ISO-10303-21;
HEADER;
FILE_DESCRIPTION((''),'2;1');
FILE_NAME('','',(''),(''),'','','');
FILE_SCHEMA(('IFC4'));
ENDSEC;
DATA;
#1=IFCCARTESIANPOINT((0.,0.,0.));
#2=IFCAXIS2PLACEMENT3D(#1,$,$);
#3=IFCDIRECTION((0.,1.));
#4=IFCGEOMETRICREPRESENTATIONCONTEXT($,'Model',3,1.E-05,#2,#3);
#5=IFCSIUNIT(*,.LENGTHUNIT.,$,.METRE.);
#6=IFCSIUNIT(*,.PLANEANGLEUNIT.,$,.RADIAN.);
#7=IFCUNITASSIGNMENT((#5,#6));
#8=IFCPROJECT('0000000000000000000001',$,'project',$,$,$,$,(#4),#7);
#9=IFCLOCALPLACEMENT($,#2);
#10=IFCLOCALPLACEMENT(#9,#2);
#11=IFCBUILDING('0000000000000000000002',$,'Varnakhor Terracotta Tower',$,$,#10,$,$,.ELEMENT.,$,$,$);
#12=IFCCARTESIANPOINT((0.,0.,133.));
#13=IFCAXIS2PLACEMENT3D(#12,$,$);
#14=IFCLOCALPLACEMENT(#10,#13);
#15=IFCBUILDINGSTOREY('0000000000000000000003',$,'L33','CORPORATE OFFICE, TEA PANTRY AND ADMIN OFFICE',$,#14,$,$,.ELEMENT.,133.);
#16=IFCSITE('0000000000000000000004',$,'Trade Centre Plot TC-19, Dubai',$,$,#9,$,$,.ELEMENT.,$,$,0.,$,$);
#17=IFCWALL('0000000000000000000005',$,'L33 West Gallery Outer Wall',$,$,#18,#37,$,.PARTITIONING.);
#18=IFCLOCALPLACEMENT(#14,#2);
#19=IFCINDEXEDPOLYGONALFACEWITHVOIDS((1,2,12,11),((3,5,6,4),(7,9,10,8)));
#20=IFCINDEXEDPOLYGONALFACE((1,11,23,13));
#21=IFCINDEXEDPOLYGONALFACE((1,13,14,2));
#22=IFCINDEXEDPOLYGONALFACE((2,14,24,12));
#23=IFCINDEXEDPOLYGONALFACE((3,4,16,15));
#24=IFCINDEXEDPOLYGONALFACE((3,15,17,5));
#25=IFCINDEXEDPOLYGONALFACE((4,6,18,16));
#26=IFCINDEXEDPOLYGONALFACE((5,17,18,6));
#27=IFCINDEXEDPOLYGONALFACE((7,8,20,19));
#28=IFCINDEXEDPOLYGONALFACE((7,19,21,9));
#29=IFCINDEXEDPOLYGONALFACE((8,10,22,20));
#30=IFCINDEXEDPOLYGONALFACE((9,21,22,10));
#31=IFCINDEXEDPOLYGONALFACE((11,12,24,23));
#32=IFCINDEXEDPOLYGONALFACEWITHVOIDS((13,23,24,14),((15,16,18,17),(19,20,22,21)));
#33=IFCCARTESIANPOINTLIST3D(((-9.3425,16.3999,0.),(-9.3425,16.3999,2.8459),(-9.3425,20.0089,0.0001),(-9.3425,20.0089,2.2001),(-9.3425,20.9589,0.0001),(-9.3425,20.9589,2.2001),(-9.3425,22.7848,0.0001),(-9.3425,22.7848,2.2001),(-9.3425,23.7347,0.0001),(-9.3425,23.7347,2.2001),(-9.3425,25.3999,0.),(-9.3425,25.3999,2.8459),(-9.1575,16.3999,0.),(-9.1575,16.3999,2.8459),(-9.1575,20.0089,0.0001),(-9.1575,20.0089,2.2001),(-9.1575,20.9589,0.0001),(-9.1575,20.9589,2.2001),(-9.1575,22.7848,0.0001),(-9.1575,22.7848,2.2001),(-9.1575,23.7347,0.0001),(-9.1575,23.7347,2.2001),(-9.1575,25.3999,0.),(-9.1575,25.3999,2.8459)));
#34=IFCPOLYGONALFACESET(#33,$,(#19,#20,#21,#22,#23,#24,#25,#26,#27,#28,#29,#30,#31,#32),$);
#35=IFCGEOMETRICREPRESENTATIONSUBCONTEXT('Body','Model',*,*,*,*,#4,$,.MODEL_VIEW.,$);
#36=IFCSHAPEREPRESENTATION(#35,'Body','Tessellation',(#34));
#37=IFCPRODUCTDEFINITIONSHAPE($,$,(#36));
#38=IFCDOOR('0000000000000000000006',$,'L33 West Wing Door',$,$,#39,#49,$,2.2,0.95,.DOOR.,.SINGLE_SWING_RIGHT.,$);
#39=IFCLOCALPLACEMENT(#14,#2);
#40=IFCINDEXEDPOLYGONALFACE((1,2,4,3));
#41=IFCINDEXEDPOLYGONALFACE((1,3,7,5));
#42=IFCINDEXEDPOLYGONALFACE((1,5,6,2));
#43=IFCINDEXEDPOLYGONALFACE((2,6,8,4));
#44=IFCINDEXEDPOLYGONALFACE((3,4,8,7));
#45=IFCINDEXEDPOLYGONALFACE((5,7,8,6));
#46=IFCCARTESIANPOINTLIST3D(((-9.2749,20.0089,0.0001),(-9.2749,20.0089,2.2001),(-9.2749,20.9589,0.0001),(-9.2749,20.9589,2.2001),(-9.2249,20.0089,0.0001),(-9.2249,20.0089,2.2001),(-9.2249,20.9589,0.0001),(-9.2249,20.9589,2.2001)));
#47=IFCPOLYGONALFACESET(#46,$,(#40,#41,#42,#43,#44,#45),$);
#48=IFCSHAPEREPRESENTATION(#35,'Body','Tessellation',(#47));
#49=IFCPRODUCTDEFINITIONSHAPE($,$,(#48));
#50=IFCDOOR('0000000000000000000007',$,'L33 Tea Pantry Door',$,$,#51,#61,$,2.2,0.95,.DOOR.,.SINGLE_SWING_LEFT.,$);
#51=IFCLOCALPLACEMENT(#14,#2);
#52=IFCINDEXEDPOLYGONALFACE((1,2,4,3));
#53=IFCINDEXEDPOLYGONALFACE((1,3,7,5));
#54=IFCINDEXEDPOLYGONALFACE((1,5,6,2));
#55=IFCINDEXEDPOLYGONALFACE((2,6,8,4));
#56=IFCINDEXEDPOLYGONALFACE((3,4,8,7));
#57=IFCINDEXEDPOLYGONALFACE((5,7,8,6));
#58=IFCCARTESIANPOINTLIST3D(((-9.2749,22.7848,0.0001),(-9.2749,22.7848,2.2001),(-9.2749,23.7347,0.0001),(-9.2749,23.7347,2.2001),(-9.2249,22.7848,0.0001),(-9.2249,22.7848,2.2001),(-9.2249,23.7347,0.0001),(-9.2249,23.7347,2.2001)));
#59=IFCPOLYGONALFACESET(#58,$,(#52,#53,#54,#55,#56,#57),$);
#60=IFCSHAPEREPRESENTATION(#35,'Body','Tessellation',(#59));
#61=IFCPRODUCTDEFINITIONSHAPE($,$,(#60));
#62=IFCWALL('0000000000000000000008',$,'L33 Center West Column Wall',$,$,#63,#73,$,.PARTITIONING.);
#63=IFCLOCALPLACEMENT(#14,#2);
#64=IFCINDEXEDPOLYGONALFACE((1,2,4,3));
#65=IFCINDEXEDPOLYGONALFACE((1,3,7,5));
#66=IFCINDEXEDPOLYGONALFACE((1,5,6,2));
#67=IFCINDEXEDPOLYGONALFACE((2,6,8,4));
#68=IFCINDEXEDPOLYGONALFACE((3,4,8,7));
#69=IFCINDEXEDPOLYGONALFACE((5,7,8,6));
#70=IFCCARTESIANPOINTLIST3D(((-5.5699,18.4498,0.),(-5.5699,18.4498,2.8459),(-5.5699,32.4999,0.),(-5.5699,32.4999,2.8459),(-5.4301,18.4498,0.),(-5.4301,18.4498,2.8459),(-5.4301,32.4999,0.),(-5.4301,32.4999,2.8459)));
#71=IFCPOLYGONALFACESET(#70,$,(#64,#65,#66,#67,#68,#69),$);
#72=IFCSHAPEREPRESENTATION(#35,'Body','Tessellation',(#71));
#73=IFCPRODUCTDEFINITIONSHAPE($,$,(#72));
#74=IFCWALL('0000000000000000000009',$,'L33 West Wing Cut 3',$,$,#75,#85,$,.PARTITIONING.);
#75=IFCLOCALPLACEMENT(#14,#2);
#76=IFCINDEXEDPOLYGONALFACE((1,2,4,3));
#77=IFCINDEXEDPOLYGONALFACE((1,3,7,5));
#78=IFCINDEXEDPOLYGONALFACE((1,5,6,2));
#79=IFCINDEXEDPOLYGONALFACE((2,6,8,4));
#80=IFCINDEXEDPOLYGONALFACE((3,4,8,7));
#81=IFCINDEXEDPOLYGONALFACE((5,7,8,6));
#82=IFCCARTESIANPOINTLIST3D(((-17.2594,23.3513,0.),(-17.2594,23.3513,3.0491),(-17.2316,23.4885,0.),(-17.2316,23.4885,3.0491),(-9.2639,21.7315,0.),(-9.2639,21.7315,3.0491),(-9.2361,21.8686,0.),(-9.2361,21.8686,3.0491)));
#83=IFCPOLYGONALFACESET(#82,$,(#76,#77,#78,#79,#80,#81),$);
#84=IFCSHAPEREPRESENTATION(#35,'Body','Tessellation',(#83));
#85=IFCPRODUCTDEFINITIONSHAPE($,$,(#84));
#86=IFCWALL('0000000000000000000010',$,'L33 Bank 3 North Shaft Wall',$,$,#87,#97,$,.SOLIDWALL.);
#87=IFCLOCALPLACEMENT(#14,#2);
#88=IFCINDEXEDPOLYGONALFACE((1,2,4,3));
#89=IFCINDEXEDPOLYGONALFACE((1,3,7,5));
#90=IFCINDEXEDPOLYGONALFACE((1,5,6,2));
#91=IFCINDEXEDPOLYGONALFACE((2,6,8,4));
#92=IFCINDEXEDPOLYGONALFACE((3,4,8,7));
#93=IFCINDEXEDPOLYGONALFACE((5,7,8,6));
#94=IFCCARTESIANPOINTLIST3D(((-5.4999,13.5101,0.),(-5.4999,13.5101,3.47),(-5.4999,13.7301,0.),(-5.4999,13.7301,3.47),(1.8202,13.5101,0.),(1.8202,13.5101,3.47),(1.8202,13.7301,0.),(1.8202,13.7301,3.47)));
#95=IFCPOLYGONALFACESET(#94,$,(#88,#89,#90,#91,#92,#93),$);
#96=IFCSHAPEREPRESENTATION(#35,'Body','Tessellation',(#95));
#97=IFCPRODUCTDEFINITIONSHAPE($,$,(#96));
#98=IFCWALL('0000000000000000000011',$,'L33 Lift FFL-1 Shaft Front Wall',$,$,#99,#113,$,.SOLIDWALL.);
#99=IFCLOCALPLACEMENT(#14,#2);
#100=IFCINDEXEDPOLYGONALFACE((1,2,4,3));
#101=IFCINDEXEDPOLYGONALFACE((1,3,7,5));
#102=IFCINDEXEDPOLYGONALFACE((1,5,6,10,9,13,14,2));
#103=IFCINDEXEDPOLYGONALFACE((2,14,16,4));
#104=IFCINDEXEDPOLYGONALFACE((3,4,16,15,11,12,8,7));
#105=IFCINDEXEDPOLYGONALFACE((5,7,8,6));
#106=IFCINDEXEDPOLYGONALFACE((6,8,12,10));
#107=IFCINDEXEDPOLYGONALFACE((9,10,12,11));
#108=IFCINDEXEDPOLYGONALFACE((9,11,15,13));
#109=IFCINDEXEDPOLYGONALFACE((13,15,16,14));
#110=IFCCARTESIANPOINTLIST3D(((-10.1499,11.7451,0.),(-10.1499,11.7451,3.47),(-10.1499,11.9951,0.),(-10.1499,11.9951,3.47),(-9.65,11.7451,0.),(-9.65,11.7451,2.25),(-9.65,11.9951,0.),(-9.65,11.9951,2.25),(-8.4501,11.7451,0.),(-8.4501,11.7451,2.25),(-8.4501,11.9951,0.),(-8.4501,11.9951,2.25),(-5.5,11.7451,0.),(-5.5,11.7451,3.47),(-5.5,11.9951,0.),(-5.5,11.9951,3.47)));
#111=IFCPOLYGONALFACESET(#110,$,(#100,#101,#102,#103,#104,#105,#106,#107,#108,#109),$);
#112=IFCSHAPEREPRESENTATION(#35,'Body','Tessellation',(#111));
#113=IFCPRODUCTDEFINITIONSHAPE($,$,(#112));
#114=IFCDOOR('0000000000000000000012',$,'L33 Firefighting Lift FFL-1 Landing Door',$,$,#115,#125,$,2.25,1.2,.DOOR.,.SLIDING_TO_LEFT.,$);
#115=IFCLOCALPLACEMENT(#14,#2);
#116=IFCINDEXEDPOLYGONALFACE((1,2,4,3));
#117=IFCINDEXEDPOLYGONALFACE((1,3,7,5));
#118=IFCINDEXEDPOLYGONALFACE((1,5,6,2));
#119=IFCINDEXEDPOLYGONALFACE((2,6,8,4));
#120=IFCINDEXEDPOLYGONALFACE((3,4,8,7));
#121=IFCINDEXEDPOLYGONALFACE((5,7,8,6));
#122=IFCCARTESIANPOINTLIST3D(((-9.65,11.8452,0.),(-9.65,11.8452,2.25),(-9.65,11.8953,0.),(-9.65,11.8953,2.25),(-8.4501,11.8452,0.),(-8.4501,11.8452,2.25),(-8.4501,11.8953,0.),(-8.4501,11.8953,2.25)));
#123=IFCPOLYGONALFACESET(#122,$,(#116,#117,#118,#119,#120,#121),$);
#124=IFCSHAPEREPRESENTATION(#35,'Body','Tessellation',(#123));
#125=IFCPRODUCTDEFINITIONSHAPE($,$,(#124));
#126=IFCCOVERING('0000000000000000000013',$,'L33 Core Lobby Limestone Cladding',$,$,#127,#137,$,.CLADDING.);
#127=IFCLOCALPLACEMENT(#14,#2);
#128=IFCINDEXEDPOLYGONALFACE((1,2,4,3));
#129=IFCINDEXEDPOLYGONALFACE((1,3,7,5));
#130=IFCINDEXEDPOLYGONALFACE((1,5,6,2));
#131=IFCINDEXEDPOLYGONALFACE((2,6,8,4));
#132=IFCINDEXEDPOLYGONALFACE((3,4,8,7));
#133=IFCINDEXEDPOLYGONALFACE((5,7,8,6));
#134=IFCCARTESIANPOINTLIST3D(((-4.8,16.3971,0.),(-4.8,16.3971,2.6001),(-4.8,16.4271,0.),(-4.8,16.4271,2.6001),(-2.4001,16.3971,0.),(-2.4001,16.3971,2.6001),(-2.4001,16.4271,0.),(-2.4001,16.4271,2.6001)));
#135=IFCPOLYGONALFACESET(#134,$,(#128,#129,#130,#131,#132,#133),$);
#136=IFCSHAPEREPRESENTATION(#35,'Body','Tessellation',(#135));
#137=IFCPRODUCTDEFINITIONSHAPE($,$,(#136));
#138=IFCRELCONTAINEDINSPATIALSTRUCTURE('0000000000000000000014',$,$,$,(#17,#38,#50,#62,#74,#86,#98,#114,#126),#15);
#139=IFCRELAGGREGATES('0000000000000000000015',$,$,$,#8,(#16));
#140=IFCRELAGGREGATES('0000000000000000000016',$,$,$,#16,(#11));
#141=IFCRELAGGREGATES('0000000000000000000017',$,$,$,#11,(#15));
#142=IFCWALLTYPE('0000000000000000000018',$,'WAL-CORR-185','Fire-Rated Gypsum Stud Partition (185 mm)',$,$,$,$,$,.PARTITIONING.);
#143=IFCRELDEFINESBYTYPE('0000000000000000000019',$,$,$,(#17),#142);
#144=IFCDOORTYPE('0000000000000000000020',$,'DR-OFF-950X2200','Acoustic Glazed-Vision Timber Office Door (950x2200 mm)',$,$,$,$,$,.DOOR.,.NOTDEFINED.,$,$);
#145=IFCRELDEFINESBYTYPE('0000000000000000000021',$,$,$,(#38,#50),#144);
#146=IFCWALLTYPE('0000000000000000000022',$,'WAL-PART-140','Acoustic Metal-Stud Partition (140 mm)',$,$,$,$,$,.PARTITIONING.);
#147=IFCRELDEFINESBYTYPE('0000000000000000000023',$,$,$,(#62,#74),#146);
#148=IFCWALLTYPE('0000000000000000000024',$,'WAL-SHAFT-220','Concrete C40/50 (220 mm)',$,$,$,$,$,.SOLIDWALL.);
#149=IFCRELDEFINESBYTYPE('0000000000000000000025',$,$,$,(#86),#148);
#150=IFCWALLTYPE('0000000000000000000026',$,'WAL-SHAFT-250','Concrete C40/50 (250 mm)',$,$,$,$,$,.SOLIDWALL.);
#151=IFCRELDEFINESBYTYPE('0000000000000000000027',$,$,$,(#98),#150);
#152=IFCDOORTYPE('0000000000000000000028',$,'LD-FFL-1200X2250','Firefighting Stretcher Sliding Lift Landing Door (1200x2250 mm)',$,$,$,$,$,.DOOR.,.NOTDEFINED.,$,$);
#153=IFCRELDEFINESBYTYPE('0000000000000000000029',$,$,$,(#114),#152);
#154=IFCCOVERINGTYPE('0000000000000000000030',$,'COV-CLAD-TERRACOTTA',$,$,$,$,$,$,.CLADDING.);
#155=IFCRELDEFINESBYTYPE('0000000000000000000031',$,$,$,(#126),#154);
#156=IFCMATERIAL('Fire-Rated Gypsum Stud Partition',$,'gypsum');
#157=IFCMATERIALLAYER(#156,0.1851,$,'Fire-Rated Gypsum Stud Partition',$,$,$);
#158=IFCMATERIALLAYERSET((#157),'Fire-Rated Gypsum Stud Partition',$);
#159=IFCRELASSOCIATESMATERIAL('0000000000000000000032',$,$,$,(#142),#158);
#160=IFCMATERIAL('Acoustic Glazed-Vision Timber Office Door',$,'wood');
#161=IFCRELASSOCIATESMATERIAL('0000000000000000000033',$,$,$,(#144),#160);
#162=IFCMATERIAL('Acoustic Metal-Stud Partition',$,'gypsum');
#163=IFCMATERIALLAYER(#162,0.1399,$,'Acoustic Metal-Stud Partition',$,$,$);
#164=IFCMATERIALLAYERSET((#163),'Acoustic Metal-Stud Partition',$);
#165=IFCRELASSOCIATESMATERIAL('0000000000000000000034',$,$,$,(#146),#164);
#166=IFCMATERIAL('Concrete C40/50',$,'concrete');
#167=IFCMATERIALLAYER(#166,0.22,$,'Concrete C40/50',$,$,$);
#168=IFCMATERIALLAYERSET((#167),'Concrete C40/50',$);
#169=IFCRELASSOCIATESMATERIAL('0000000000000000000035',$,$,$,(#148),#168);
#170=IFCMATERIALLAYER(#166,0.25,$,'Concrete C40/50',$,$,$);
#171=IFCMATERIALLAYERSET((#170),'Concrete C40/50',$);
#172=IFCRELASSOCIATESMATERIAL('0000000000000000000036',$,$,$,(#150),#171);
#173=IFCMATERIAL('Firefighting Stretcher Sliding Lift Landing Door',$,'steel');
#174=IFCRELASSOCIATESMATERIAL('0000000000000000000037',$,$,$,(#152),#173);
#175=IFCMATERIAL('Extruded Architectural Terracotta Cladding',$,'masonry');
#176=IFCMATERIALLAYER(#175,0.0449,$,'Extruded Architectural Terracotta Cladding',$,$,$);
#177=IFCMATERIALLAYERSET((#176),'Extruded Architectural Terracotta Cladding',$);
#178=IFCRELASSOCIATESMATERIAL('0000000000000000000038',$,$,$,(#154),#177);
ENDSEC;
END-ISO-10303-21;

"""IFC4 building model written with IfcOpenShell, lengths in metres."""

from ifc_helpers import new_model, si_unit, direction, frame, frame_2d, origin, origin_2d, place, context, subcontext, project, spatial, rectangle, extrude, source, transform, mapped, material, layer, layer_set, type_object, type_shapes, element, fill, save


model = new_model("IFC4")

# Units and contexts
model_context = context("Model", 3, precision=1e-05, world=origin(), true_north=direction((0.0, 1.0)))
body_context = subcontext(model_context, "Body", "Model", "MODEL_VIEW")
ifc_project = project(units=[si_unit("LENGTHUNIT", "METRE"), si_unit("PLANEANGLEUNIT", "RADIAN")], contexts=[model_context])

# Site, building, storey
site_placement = place(None, origin())
site = spatial("IfcSite", under=ifc_project, at=site_placement, Name="Trade Centre Plot TC-19, Dubai", CompositionType="ELEMENT", RefElevation=0.0)
building_placement = place(site_placement, origin())
building = spatial("IfcBuilding", under=site, at=building_placement, Name="Varnakhor Terracotta Tower", CompositionType="ELEMENT")
storey_placement = place(building_placement, frame((0.0, 0.0, 133.0)))
storey = spatial("IfcBuildingStorey", under=building, at=storey_placement, Name="L33", Description="CORPORATE OFFICE, TEA PANTRY AND ADMIN OFFICE", CompositionType="ELEMENT", Elevation=133.0)

# Shared definitions
ifc_material_1 = material(Name="Fire-Rated Gypsum Stud Partition", Category="gypsum")
ifc_layer_1 = layer(ifc_material_1, 0.1851, Name="Fire-Rated Gypsum Stud Partition")
ifc_layer_set_1 = layer_set([ifc_layer_1], Name="Fire-Rated Gypsum Stud Partition")
wall_type_1 = type_object("IfcWallType", Name="WAL-CORR-185", Description="Fire-Rated Gypsum Stud Partition (185 mm)", PredefinedType="PARTITIONING", material=ifc_layer_set_1)
ifc_material_2 = material(Name="Acoustic Glazed-Vision Timber Office Door", Category="wood")
door_type_1 = type_object("IfcDoorType", Name="DR-OFF-950X2200", Description="Acoustic Glazed-Vision Timber Office Door (950x2200 mm)", OperationType="NOTDEFINED", PredefinedType="DOOR", material=ifc_material_2)
shared_shape_1 = source(origin(), body_context, "Body", "SweptSolid", [
    extrude(rectangle(XDim=0.95, YDim=2.2, at=frame_2d((0.4751, 1.1001))), frame((0.0, 0.0249, 0.0), z_axis=(0.0, -1.0, 0.0), x_axis=(1.0, 0.0, 0.0)), (0.0, 0.0, 1.0), 0.05),
])
type_shapes(door_type_1, [shared_shape_1])

# Wall, openings, doors
wall_1_placement = place(storey_placement, frame((-9.25, 16.3999, 0.0), z_axis=(0.0, 0.0, 1.0), x_axis=(0.0, 1.0, 0.0)))
wall_1 = element("IfcWall", 1, at=wall_1_placement, inside=storey, type_object=wall_type_1, Name="L33 West Gallery Outer Wall", PredefinedType="PARTITIONING", context=body_context, shape_type="SweptSolid", body=[
    extrude(rectangle(XDim=9.0, YDim=0.1851, at=frame_2d((4.5, 0.0))), origin(), (0.0, 0.0, 1.0), 2.8459),
])
opening_1_placement = place(wall_1_placement, frame((3.6089, 0.0, 0.0)))
opening_1 = element("IfcOpeningElement", 2, at=opening_1_placement, cuts=wall_1, PredefinedType="OPENING", context=body_context, shape_type="SweptSolid", body=[
    extrude(rectangle(XDim=0.95, YDim=2.2, at=frame_2d((0.4751, 1.1001))), frame((0.0, 0.1025, 0.0), z_axis=(0.0, -1.0, 0.0), x_axis=(1.0, 0.0, 0.0)), (0.0, 0.0, 1.0), 0.2051),
])
opening_2_placement = place(wall_1_placement, frame((6.3848, 0.0, 0.0)))
opening_2 = element("IfcOpeningElement", 3, at=opening_2_placement, cuts=wall_1, PredefinedType="OPENING", context=body_context, shape_type="SweptSolid", body=[
    extrude(rectangle(XDim=0.95, YDim=2.2, at=frame_2d((0.4751, 1.1001))), frame((0.0, 0.1025, 0.0), z_axis=(0.0, -1.0, 0.0), x_axis=(1.0, 0.0, 0.0)), (0.0, 0.0, 1.0), 0.2051),
])
door_1_placement = place(opening_1_placement, origin())
door_1 = element("IfcDoor", 4, at=door_1_placement, inside=storey, type_object=door_type_1, Name="L33 West Wing Door", OperationType="SINGLE_SWING_RIGHT", OverallHeight=2.2, OverallWidth=0.95, PredefinedType="DOOR", context=body_context, shape_type="MappedRepresentation", body=[
    mapped(shared_shape_1, transform((0.0, 0.0, 0.0), scale=1.0)),
])
fill(opening_1, door_1)
door_2_placement = place(opening_2_placement, origin())
door_2 = element("IfcDoor", 5, at=door_2_placement, inside=storey, type_object=door_type_1, Name="L33 Tea Pantry Door", OperationType="SINGLE_SWING_LEFT", OverallHeight=2.2, OverallWidth=0.95, PredefinedType="DOOR", context=body_context, shape_type="MappedRepresentation", body=[
    mapped(shared_shape_1, transform((0.0, 0.0, 0.0), scale=1.0)),
])
fill(opening_2, door_2)

# Walls
ifc_material_3 = material(Name="Acoustic Metal-Stud Partition", Category="gypsum")
ifc_layer_2 = layer(ifc_material_3, 0.1399, Name="Acoustic Metal-Stud Partition")
ifc_layer_set_2 = layer_set([ifc_layer_2], Name="Acoustic Metal-Stud Partition")
wall_type_2 = type_object("IfcWallType", Name="WAL-PART-140", Description="Acoustic Metal-Stud Partition (140 mm)", PredefinedType="PARTITIONING", material=ifc_layer_set_2)
wall_2_placement = place(storey_placement, frame((-5.5, 18.45, 0.0), z_axis=(0.0, 0.0, 1.0), x_axis=(0.0, 1.0, 0.0)))
element("IfcWall", 6, at=wall_2_placement, inside=storey, type_object=wall_type_2, Name="L33 Center West Column Wall", PredefinedType="PARTITIONING", context=body_context, shape_type="SweptSolid", body=[
    extrude(rectangle(XDim=14.05, YDim=0.1399, at=frame_2d((7.0249, 0.0))), origin(), (0.0, 0.0, 1.0), 2.8459),
])
wall_3_placement = place(storey_placement, frame((-17.2456, 23.4199, 0.0), z_axis=(0.0, 0.0, 1.0), x_axis=(0.980088, -0.198561, 0.0)))
element("IfcWall", 7, at=wall_3_placement, inside=storey, type_object=wall_type_2, Name="L33 West Wing Cut 3", PredefinedType="PARTITIONING", context=body_context, shape_type="SweptSolid", body=[
    extrude(rectangle(XDim=8.158, YDim=0.1399, at=frame_2d((4.0791, 0.0))), origin(), (0.0, 0.0, 1.0), 3.0491),
])
ifc_material_4 = material(Name="Concrete C40/50", Category="concrete")
ifc_layer_3 = layer(ifc_material_4, 0.22, Name="Concrete C40/50")
ifc_layer_set_3 = layer_set([ifc_layer_3], Name="Concrete C40/50")
wall_type_3 = type_object("IfcWallType", Name="WAL-SHAFT-220", Description="Concrete C40/50 (220 mm)", PredefinedType="SOLIDWALL", material=ifc_layer_set_3)
wall_4_placement = place(storey_placement, frame((-5.5, 13.6201, 0.0), z_axis=(0.0, 0.0, 1.0), x_axis=(1.0, 0.0, 0.0)))
element("IfcWall", 8, at=wall_4_placement, inside=storey, type_object=wall_type_3, Name="L33 Bank 3 North Shaft Wall", PredefinedType="SOLIDWALL", context=body_context, shape_type="SweptSolid", body=[
    extrude(rectangle(XDim=7.3201, YDim=0.22, at=frame_2d((3.6602, 0.0))), origin(), (0.0, 0.0, 1.0), 3.47),
])

# Wall, opening, door
ifc_layer_4 = layer(ifc_material_4, 0.25, Name="Concrete C40/50")
ifc_layer_set_4 = layer_set([ifc_layer_4], Name="Concrete C40/50")
wall_type_4 = type_object("IfcWallType", Name="WAL-SHAFT-250", Description="Concrete C40/50 (250 mm)", PredefinedType="SOLIDWALL", material=ifc_layer_set_4)
wall_5_placement = place(storey_placement, frame((-5.5, 11.8701, 0.0), z_axis=(0.0, 0.0, 1.0), x_axis=(-1.0, 0.0, 0.0)))
wall_5 = element("IfcWall", 9, at=wall_5_placement, inside=storey, type_object=wall_type_4, Name="L33 Lift FFL-1 Shaft Front Wall", PredefinedType="SOLIDWALL", context=body_context, shape_type="SweptSolid", body=[
    extrude(rectangle(XDim=4.6499, YDim=0.25, at=frame_2d((2.325, 0.0))), origin(), (0.0, 0.0, 1.0), 3.47),
])
opening_3_placement = place(wall_5_placement, frame((2.95, 0.0, 0.0)))
opening_3 = element("IfcOpeningElement", 10, at=opening_3_placement, cuts=wall_5, PredefinedType="OPENING", context=body_context, shape_type="SweptSolid", body=[
    extrude(rectangle(XDim=1.2, YDim=2.25, at=frame_2d((0.6001, 1.125))), frame((0.0, 0.135, 0.0), z_axis=(0.0, -1.0, 0.0), x_axis=(1.0, 0.0, 0.0)), (0.0, 0.0, 1.0), 0.27),
])
ifc_material_5 = material(Name="Firefighting Stretcher Sliding Lift Landing Door", Category="steel")
door_type_2 = type_object("IfcDoorType", Name="LD-FFL-1200X2250", Description="Firefighting Stretcher Sliding Lift Landing Door (1200x2250 mm)", OperationType="NOTDEFINED", PredefinedType="DOOR", material=ifc_material_5)
shared_shape_2 = source(origin(), body_context, "Body", "SweptSolid", [
    extrude(rectangle(XDim=1.2, YDim=2.25, at=frame_2d((0.6001, 1.125))), frame((0.0, 0.0249, 0.0), z_axis=(0.0, -1.0, 0.0), x_axis=(1.0, 0.0, 0.0)), (0.0, 0.0, 1.0), 0.05),
])
type_shapes(door_type_2, [shared_shape_2])
door_3_placement = place(opening_3_placement, origin())
door_3 = element("IfcDoor", 11, at=door_3_placement, inside=storey, type_object=door_type_2, Name="L33 Firefighting Lift FFL-1 Landing Door", OperationType="SLIDING_TO_LEFT", OverallHeight=2.25, OverallWidth=1.2, PredefinedType="DOOR", context=body_context, shape_type="MappedRepresentation", body=[
    mapped(shared_shape_2, transform((0.0, 0.0, 0.0), scale=1.0)),
])
fill(opening_3, door_3)

# Covering
ifc_material_6 = material(Name="Extruded Architectural Terracotta Cladding", Category="masonry")
ifc_layer_5 = layer(ifc_material_6, 0.0449, Name="Extruded Architectural Terracotta Cladding")
ifc_layer_set_5 = layer_set([ifc_layer_5], Name="Extruded Architectural Terracotta Cladding")
covering_type = type_object("IfcCoveringType", Name="COV-CLAD-TERRACOTTA", PredefinedType="CLADDING", material=ifc_layer_set_5)
shared_shape_3 = source(origin(), body_context, "Body", "SweptSolid", [
    extrude(rectangle(XDim=2.3999, YDim=0.03, at=origin_2d()), origin(), (0.0, 0.0, 1.0), 2.6001),
])
type_shapes(covering_type, [shared_shape_3])
covering_placement = place(storey_placement, frame((-3.6001, 16.4121, 0.0), z_axis=(0.0, 0.0, 1.0), x_axis=(1.0, 0.0, 0.0)))
element("IfcCovering", 12, at=covering_placement, inside=storey, type_object=covering_type, Name="L33 Core Lobby Limestone Cladding", PredefinedType="CLADDING", context=body_context, shape_type="MappedRepresentation", body=[
    mapped(shared_shape_3, transform((0.0, 0.0, 0.0), scale=1.0)),
])

save(model, "model.ifc")
